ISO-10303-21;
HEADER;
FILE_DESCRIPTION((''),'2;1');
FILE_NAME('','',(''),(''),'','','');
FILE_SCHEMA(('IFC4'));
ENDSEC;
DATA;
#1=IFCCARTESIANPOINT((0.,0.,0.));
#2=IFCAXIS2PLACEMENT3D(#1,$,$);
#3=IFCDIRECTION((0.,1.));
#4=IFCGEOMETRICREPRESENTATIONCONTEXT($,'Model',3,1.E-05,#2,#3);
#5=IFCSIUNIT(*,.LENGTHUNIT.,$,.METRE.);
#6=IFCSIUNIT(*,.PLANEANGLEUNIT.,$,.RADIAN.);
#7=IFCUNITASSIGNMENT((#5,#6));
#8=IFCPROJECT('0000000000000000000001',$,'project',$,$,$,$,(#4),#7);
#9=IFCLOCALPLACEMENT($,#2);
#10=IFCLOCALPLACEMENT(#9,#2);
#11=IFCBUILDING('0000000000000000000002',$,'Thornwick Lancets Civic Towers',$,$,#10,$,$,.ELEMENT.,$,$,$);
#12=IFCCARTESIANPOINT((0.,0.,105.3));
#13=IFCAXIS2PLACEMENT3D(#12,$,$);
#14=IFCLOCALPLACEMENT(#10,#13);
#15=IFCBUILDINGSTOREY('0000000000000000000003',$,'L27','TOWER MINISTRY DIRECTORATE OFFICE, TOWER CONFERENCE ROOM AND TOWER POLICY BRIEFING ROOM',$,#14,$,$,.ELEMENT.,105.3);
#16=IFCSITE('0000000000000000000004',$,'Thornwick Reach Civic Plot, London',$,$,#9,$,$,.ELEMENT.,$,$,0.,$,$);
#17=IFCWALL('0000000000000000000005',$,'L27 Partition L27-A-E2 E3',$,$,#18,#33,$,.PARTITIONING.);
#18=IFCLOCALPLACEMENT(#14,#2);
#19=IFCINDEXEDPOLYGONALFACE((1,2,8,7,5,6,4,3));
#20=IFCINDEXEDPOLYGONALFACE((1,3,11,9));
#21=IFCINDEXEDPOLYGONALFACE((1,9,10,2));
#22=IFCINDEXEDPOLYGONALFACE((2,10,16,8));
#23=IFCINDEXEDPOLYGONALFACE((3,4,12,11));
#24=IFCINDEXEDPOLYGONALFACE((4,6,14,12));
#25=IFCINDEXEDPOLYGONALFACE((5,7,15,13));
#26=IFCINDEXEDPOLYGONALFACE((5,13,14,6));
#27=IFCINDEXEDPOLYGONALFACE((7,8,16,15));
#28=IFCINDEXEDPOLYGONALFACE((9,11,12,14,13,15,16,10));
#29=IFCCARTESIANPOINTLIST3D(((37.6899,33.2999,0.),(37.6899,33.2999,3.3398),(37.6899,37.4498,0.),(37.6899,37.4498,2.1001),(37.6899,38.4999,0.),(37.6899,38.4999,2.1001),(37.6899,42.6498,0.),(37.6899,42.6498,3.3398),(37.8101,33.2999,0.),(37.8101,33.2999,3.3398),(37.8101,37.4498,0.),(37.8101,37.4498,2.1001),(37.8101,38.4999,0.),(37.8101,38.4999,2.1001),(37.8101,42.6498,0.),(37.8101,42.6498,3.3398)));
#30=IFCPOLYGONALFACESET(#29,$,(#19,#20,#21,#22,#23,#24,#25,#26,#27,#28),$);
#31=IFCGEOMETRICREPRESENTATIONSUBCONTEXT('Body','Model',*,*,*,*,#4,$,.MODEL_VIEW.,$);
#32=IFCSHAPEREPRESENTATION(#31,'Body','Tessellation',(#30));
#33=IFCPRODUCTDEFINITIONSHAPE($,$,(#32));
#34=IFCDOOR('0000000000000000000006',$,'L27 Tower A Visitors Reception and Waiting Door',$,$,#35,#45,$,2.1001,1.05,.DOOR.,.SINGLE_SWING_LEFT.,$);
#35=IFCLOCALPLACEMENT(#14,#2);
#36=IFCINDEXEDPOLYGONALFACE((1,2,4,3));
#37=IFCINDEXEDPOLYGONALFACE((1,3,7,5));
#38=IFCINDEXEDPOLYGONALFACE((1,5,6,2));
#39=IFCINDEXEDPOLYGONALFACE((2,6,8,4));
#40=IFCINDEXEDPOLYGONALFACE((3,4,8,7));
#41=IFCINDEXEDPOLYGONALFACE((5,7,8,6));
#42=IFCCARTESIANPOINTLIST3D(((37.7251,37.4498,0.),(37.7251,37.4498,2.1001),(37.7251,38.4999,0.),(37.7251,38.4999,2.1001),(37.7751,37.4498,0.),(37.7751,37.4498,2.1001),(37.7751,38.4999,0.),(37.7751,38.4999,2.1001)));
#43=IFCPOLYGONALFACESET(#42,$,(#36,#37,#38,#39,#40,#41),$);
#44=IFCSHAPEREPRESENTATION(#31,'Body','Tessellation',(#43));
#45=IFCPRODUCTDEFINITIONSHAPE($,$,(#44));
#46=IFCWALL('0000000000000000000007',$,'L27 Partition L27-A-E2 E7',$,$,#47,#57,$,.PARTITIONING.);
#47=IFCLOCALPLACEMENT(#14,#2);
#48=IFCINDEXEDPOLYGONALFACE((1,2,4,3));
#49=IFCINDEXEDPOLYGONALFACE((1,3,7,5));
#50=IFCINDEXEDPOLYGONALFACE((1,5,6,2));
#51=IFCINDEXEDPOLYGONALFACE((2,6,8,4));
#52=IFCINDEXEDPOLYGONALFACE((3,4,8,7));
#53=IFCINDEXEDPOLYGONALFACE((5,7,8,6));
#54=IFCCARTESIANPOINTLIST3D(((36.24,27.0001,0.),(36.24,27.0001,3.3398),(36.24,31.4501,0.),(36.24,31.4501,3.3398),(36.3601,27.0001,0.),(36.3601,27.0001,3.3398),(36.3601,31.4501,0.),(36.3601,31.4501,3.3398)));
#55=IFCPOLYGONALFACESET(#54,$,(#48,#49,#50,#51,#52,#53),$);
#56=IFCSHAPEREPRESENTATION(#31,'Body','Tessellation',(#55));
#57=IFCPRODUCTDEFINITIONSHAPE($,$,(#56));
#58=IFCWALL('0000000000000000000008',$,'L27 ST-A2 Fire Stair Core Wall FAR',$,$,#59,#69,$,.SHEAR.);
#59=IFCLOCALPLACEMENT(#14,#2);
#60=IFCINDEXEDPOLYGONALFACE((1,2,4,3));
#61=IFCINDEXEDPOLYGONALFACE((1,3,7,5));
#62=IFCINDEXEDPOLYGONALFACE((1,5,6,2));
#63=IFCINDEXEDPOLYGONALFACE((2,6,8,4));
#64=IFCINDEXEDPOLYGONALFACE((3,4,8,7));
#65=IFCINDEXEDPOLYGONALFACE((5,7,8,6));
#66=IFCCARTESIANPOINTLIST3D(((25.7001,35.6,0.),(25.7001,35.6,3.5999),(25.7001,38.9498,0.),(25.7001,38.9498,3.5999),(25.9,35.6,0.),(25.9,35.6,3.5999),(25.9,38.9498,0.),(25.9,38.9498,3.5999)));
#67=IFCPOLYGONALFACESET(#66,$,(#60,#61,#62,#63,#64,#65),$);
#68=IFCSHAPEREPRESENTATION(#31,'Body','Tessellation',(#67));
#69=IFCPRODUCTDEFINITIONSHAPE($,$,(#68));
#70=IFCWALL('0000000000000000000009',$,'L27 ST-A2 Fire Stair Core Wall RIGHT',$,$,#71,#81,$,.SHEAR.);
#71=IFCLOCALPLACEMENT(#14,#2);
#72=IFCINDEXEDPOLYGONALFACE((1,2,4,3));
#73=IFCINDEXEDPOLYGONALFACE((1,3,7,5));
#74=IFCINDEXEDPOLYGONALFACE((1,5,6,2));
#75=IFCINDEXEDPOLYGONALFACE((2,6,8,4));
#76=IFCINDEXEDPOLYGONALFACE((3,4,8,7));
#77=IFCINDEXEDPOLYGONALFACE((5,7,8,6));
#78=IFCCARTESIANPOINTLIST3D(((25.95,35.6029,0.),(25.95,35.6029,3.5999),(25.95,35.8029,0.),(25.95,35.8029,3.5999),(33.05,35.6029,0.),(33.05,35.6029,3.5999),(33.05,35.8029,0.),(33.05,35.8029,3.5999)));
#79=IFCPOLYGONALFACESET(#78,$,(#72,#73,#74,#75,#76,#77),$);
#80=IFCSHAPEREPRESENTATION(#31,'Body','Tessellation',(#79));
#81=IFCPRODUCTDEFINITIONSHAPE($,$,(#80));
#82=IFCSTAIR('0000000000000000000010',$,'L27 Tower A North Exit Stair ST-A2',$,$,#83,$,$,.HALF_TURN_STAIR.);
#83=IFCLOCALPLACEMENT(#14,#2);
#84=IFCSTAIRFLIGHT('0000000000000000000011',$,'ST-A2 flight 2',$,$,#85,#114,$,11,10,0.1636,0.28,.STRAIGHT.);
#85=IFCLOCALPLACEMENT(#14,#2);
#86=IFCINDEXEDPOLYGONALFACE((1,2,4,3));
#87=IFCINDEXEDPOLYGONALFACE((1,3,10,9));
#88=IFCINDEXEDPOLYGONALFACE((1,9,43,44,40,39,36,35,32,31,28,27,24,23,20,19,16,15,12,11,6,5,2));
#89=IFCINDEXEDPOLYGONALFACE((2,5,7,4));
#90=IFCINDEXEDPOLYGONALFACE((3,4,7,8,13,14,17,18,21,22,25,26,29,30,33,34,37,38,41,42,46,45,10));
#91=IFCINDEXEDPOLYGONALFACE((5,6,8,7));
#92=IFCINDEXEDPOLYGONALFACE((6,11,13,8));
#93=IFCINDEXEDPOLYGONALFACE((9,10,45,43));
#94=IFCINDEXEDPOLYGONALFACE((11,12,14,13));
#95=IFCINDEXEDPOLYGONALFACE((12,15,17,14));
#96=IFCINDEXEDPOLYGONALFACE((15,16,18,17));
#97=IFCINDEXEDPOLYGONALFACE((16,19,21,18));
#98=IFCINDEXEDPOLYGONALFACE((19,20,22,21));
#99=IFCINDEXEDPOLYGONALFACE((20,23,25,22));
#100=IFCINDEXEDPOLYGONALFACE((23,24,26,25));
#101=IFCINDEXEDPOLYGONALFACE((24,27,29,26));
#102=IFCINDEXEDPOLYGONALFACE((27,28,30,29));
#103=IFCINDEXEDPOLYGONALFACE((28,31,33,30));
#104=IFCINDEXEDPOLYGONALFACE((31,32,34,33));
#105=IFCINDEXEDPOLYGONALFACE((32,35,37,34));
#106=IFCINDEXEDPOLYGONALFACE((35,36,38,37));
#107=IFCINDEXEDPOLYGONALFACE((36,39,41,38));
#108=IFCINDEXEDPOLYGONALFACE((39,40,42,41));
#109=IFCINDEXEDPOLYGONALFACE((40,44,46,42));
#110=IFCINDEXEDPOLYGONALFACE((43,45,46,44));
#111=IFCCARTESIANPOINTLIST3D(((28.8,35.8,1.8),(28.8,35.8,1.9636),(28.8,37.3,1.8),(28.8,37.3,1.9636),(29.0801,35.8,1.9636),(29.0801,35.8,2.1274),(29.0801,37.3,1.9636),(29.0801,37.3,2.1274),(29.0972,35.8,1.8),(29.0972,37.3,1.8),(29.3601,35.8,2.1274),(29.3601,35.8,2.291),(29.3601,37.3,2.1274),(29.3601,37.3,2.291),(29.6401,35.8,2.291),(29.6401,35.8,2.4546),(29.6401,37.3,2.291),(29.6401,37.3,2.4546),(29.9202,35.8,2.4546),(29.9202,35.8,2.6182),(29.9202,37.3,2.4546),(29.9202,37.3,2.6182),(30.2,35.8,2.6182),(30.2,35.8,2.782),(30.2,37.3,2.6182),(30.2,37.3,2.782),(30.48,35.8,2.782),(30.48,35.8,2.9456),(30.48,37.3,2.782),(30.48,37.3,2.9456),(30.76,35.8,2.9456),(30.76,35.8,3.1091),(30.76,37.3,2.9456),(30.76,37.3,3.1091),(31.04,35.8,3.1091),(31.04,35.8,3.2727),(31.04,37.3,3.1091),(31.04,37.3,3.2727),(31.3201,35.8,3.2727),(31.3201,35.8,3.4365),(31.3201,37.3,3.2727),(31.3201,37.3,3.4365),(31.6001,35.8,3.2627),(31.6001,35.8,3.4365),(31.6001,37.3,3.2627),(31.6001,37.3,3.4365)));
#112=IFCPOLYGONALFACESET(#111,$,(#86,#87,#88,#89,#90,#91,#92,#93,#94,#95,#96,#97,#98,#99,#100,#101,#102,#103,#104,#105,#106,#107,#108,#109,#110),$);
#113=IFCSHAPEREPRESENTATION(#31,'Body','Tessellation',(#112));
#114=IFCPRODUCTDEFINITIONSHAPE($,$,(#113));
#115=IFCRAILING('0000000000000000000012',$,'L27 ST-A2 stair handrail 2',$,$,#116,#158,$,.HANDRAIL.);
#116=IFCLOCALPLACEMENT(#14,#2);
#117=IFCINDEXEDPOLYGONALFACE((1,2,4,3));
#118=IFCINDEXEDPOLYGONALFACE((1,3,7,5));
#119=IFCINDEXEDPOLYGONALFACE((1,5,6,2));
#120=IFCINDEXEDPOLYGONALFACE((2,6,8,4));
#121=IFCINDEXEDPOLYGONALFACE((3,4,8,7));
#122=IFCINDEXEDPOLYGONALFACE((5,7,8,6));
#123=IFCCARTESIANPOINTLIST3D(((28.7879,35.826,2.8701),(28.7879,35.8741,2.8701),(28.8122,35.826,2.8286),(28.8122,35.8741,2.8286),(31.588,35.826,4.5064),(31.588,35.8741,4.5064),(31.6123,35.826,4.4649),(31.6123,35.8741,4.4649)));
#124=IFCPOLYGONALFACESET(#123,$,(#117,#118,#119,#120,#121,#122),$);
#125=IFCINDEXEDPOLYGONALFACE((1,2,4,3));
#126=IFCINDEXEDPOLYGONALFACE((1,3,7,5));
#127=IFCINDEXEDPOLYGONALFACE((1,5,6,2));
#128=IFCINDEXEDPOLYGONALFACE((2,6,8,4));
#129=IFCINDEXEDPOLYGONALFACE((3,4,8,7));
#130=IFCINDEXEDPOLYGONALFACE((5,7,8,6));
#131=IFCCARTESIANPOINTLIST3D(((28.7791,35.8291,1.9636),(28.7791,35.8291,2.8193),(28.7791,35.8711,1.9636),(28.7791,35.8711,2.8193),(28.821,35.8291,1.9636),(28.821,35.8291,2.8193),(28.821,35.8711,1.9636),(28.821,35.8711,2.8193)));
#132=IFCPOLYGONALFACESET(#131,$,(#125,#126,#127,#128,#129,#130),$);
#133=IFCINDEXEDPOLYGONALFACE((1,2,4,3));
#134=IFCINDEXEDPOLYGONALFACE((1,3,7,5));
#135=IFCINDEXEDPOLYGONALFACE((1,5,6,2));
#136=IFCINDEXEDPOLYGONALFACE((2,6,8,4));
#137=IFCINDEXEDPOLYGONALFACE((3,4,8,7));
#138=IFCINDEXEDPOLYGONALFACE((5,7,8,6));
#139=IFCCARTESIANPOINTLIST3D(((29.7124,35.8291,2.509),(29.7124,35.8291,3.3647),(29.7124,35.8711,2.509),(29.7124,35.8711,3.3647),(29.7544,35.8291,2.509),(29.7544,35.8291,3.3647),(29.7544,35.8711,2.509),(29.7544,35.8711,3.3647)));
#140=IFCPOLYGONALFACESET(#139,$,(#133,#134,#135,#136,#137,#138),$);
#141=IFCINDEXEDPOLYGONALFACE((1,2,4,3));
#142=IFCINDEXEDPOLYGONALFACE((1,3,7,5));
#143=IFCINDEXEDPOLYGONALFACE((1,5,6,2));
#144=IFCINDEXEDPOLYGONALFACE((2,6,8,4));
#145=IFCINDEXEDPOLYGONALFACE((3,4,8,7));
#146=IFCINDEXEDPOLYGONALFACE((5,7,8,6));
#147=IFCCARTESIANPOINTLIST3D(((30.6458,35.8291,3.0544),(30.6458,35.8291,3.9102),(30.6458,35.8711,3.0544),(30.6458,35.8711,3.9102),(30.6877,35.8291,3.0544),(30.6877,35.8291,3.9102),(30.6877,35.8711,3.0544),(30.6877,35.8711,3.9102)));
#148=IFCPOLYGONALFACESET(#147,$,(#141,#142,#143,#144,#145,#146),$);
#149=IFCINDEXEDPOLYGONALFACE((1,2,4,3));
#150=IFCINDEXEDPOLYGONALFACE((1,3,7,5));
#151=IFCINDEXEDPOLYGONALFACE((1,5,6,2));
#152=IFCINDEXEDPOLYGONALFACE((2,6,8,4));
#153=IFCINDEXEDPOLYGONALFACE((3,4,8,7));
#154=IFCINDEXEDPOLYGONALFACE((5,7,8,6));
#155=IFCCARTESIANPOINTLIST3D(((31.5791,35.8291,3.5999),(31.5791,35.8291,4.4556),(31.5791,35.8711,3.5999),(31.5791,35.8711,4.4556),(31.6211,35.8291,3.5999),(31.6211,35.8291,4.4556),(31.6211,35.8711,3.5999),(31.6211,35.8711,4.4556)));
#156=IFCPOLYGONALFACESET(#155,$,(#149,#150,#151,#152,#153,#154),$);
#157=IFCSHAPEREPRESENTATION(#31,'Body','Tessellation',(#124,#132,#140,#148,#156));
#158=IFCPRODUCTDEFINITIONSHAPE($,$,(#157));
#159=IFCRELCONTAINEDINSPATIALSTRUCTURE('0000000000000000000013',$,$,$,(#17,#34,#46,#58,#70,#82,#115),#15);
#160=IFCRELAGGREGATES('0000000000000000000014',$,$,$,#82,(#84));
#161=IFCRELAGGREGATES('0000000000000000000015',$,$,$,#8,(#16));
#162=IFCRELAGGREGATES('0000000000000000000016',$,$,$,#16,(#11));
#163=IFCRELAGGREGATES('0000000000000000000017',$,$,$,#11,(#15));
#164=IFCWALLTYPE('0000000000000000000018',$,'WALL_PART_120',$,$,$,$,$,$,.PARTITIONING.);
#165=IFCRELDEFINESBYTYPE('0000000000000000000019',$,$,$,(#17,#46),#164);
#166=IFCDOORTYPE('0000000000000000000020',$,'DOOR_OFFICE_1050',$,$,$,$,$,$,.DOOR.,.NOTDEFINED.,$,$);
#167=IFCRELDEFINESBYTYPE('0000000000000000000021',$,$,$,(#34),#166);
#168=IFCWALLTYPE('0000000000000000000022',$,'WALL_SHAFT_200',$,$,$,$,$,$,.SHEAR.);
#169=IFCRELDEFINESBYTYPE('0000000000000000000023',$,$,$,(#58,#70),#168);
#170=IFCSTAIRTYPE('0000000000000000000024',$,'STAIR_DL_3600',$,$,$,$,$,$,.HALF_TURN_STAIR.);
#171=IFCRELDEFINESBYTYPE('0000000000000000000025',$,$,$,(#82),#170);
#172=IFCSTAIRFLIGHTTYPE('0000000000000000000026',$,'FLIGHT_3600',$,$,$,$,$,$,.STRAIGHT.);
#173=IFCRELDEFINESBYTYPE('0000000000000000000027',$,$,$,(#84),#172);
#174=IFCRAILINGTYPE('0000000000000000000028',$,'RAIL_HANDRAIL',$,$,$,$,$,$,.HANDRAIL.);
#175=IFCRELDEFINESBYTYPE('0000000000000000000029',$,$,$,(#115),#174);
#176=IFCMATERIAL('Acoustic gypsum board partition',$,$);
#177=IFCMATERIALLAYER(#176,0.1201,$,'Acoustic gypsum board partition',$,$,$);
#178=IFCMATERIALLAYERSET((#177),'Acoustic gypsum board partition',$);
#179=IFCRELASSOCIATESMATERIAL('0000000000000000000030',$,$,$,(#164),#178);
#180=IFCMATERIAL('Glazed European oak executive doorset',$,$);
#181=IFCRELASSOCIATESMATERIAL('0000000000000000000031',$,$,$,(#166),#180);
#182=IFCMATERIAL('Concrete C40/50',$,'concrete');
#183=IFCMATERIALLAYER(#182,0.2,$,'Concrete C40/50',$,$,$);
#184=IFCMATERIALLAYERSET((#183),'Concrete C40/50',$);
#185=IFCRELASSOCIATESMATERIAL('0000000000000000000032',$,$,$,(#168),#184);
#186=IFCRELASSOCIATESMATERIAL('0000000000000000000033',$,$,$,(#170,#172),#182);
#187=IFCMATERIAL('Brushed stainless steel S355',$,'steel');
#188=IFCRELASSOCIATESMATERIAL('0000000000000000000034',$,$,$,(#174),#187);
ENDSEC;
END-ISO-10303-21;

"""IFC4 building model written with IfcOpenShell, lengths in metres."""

from ifc_helpers import new_model, si_unit, direction, frame, frame_2d, origin, origin_2d, place, context, subcontext, project, spatial, polyline, rectangle, outline, extrude, material, layer, layer_set, type_object, element, fill, aggregate, save


model = new_model("IFC4")

# Units and contexts
model_context = context("Model", 3, precision=1e-05, world=origin(), true_north=direction((0.0, 1.0)))
body_context = subcontext(model_context, "Body", "Model", "MODEL_VIEW")
ifc_project = project(units=[si_unit("LENGTHUNIT", "METRE"), si_unit("PLANEANGLEUNIT", "RADIAN")], contexts=[model_context])

# Site, building, storey
site_placement = place(None, origin())
site = spatial("IfcSite", under=ifc_project, at=site_placement, Name="Thornwick Reach Civic Plot, London", CompositionType="ELEMENT", RefElevation=0.0)
building_placement = place(site_placement, origin())
building = spatial("IfcBuilding", under=site, at=building_placement, Name="Thornwick Lancets Civic Towers", CompositionType="ELEMENT")
storey_placement = place(building_placement, frame((0.0, 0.0, 105.3)))
storey = spatial("IfcBuildingStorey", under=building, at=storey_placement, Name="L27", Description="TOWER MINISTRY DIRECTORATE OFFICE, TOWER CONFERENCE ROOM AND TOWER POLICY BRIEFING ROOM", CompositionType="ELEMENT", Elevation=105.3)

# Shared definitions
ifc_material_1 = material(Name="Acoustic gypsum board partition")
ifc_layer_1 = layer(ifc_material_1, 0.1201, Name="Acoustic gypsum board partition")
ifc_layer_set_1 = layer_set([ifc_layer_1], Name="Acoustic gypsum board partition")
wall_type_1 = type_object("IfcWallType", Name="WALL_PART_120", PredefinedType="PARTITIONING", material=ifc_layer_set_1)

# Wall, opening, door
wall_1_placement = place(storey_placement, frame((37.75, 33.3, 0.0), z_axis=(0.0, 0.0, 1.0), x_axis=(0.0, 1.0, 0.0)))
wall_1 = element("IfcWall", 1, at=wall_1_placement, inside=storey, type_object=wall_type_1, Name="L27 Partition L27-A-E2 E3", PredefinedType="PARTITIONING", context=body_context, shape_type="SweptSolid", body=[
    extrude(rectangle(XDim=9.3499, YDim=0.1201, at=frame_2d((4.6748, 0.0))), origin(), (0.0, 0.0, 1.0), 3.3398),
])
opening_1_placement = place(wall_1_placement, frame((4.1499, 0.0, 0.0)))
opening_1 = element("IfcOpeningElement", 2, at=opening_1_placement, cuts=wall_1, PredefinedType="OPENING", context=body_context, shape_type="SweptSolid", body=[
    extrude(rectangle(XDim=1.05, YDim=2.1001, at=frame_2d((0.5249, 1.05))), frame((0.0, 0.0701, 0.0), z_axis=(0.0, -1.0, 0.0), x_axis=(1.0, 0.0, 0.0)), (0.0, 0.0, 1.0), 0.1401),
])
ifc_material_2 = material(Name="Glazed European oak executive doorset")
door_type_1 = type_object("IfcDoorType", Name="DOOR_OFFICE_1050", OperationType="NOTDEFINED", PredefinedType="DOOR", material=ifc_material_2)
door_1_placement = place(opening_1_placement, origin())
door_1 = element("IfcDoor", 3, at=door_1_placement, inside=storey, type_object=door_type_1, Name="L27 Tower A Visitors Reception and Waiting Door", OperationType="SINGLE_SWING_LEFT", OverallHeight=2.1001, OverallWidth=1.05, PredefinedType="DOOR", context=body_context, shape_type="SweptSolid", body=[
    extrude(rectangle(XDim=1.05, YDim=2.1001, at=frame_2d((0.5249, 1.05))), frame((0.0, 0.0249, 0.0), z_axis=(0.0, -1.0, 0.0), x_axis=(1.0, 0.0, 0.0)), (0.0, 0.0, 1.0), 0.05),
])
fill(opening_1, door_1)

# Walls
wall_2_placement = place(storey_placement, frame((36.3, 27.0, 0.0), z_axis=(0.0, 0.0, 1.0), x_axis=(0.0, 1.0, 0.0)))
element("IfcWall", 4, at=wall_2_placement, inside=storey, type_object=wall_type_1, Name="L27 Partition L27-A-E2 E7", PredefinedType="PARTITIONING", context=body_context, shape_type="SweptSolid", body=[
    extrude(rectangle(XDim=4.45, YDim=0.1201, at=frame_2d((2.2251, 0.0))), origin(), (0.0, 0.0, 1.0), 3.3398),
])
ifc_material_3 = material(Name="Concrete C40/50", Category="concrete")
ifc_layer_2 = layer(ifc_material_3, 0.2, Name="Concrete C40/50")
ifc_layer_set_2 = layer_set([ifc_layer_2], Name="Concrete C40/50")
wall_type_2 = type_object("IfcWallType", Name="WALL_SHAFT_200", PredefinedType="SHEAR", material=ifc_layer_set_2)
wall_3_placement = place(storey_placement, frame((25.8, 35.6001, 0.0), z_axis=(0.0, 0.0, 1.0), x_axis=(0.0, 1.0, 0.0)))
element("IfcWall", 5, at=wall_3_placement, inside=storey, type_object=wall_type_2, Name="L27 ST-A2 Fire Stair Core Wall FAR", PredefinedType="SHEAR", context=body_context, shape_type="SweptSolid", body=[
    extrude(rectangle(XDim=3.3499, YDim=0.2, at=frame_2d((1.6748, 0.0))), origin(), (0.0, 0.0, 1.0), 3.5999),
])
wall_4_placement = place(storey_placement, frame((25.95, 35.7029, 0.0), z_axis=(0.0, 0.0, 1.0), x_axis=(1.0, 0.0, 0.0)))
element("IfcWall", 6, at=wall_4_placement, inside=storey, type_object=wall_type_2, Name="L27 ST-A2 Fire Stair Core Wall RIGHT", PredefinedType="SHEAR", context=body_context, shape_type="SweptSolid", body=[
    extrude(rectangle(XDim=7.1001, YDim=0.2, at=frame_2d((3.55, 0.0))), origin(), (0.0, 0.0, 1.0), 3.5999),
])

# Stair, stair flight
stair_type = type_object("IfcStairType", Name="STAIR_DL_3600", PredefinedType="HALF_TURN_STAIR", material=ifc_material_3)
stair_placement = place(storey_placement, origin())
stair = element("IfcStair", 7, at=stair_placement, inside=storey, type_object=stair_type, Name="L27 Tower A North Exit Stair ST-A2", PredefinedType="HALF_TURN_STAIR")
stair_flight_type = type_object("IfcStairFlightType", Name="FLIGHT_3600", PredefinedType="STRAIGHT", material=ifc_material_3)
stair_flight_placement = place(storey_placement, frame((28.8, 36.55, 1.8), z_axis=(0.0, 0.0, 1.0), x_axis=(1.0, 0.0, 0.0)))
stair_flight = element("IfcStairFlight", 8, at=stair_flight_placement, type_object=stair_flight_type, Name="ST-A2 flight 2", NumberOfRisers=11, NumberOfTreads=10, PredefinedType="STRAIGHT", RiserHeight=0.1636, TreadLength=0.28, context=body_context, shape_type="SweptSolid", body=[
    extrude(outline(polyline([(0.0, 0.0), (0.0, 0.1636), (0.28, 0.1636), (0.28, 0.3274), (0.5601, 0.3274), (0.5601, 0.491), (0.8401, 0.491), (0.8401, 0.6545), (1.1201, 0.6545), (1.1201, 0.8181), (1.3999, 0.8181), (1.3999, 0.9819), (1.6799, 0.9819), (1.6799, 1.1455), (1.96, 1.1455), (1.96, 1.3091), (2.24, 1.3091), (2.24, 1.4727), (2.52, 1.4727), (2.52, 1.6365), (2.8, 1.6365), (2.8, 1.8), (2.8, 1.4626), (0.2971, 0.0), (0.0, 0.0)])), frame((0.0, 0.75, 0.0), z_axis=(0.0, -1.0, 0.0), x_axis=(1.0, 0.0, 0.0)), (0.0, 0.0, 1.0), 1.5),
])
aggregate(stair, [stair_flight])

# Railing
ifc_material_4 = material(Name="Brushed stainless steel S355", Category="steel")
railing_type_1 = type_object("IfcRailingType", Name="RAIL_HANDRAIL", PredefinedType="HANDRAIL", material=ifc_material_4)
railing_1_placement = place(storey_placement, frame((28.8, 35.8501, 1.9636)))
element("IfcRailing", 9, at=railing_1_placement, inside=storey, type_object=railing_type_1, Name="L27 ST-A2 stair handrail 2", PredefinedType="HANDRAIL", context=body_context, shape_type="SweptSolid", body=[
    extrude(rectangle(XDim=0.0481, YDim=0.0481, at=origin_2d()), frame((0.0, 0.0, 0.8857), z_axis=(0.863394, 0.0, 0.504531), x_axis=(0.0, 1.0, 0.0)), (0.0, 0.0, 1.0), 3.2432),
    extrude(rectangle(XDim=0.042, YDim=0.042, at=origin_2d()), origin(), (0.0, 0.0, 1.0), 0.8557),
    extrude(rectangle(XDim=0.042, YDim=0.042, at=origin_2d()), frame((0.9333, 0.0, 0.5454)), (0.0, 0.0, 1.0), 0.8557),
    extrude(rectangle(XDim=0.042, YDim=0.042, at=origin_2d()), frame((1.8667, 0.0, 1.0908)), (0.0, 0.0, 1.0), 0.8557),
    extrude(rectangle(XDim=0.042, YDim=0.042, at=origin_2d()), frame((2.8, 0.0, 1.6362)), (0.0, 0.0, 1.0), 0.8557),
])

save(model, "model.ifc")
